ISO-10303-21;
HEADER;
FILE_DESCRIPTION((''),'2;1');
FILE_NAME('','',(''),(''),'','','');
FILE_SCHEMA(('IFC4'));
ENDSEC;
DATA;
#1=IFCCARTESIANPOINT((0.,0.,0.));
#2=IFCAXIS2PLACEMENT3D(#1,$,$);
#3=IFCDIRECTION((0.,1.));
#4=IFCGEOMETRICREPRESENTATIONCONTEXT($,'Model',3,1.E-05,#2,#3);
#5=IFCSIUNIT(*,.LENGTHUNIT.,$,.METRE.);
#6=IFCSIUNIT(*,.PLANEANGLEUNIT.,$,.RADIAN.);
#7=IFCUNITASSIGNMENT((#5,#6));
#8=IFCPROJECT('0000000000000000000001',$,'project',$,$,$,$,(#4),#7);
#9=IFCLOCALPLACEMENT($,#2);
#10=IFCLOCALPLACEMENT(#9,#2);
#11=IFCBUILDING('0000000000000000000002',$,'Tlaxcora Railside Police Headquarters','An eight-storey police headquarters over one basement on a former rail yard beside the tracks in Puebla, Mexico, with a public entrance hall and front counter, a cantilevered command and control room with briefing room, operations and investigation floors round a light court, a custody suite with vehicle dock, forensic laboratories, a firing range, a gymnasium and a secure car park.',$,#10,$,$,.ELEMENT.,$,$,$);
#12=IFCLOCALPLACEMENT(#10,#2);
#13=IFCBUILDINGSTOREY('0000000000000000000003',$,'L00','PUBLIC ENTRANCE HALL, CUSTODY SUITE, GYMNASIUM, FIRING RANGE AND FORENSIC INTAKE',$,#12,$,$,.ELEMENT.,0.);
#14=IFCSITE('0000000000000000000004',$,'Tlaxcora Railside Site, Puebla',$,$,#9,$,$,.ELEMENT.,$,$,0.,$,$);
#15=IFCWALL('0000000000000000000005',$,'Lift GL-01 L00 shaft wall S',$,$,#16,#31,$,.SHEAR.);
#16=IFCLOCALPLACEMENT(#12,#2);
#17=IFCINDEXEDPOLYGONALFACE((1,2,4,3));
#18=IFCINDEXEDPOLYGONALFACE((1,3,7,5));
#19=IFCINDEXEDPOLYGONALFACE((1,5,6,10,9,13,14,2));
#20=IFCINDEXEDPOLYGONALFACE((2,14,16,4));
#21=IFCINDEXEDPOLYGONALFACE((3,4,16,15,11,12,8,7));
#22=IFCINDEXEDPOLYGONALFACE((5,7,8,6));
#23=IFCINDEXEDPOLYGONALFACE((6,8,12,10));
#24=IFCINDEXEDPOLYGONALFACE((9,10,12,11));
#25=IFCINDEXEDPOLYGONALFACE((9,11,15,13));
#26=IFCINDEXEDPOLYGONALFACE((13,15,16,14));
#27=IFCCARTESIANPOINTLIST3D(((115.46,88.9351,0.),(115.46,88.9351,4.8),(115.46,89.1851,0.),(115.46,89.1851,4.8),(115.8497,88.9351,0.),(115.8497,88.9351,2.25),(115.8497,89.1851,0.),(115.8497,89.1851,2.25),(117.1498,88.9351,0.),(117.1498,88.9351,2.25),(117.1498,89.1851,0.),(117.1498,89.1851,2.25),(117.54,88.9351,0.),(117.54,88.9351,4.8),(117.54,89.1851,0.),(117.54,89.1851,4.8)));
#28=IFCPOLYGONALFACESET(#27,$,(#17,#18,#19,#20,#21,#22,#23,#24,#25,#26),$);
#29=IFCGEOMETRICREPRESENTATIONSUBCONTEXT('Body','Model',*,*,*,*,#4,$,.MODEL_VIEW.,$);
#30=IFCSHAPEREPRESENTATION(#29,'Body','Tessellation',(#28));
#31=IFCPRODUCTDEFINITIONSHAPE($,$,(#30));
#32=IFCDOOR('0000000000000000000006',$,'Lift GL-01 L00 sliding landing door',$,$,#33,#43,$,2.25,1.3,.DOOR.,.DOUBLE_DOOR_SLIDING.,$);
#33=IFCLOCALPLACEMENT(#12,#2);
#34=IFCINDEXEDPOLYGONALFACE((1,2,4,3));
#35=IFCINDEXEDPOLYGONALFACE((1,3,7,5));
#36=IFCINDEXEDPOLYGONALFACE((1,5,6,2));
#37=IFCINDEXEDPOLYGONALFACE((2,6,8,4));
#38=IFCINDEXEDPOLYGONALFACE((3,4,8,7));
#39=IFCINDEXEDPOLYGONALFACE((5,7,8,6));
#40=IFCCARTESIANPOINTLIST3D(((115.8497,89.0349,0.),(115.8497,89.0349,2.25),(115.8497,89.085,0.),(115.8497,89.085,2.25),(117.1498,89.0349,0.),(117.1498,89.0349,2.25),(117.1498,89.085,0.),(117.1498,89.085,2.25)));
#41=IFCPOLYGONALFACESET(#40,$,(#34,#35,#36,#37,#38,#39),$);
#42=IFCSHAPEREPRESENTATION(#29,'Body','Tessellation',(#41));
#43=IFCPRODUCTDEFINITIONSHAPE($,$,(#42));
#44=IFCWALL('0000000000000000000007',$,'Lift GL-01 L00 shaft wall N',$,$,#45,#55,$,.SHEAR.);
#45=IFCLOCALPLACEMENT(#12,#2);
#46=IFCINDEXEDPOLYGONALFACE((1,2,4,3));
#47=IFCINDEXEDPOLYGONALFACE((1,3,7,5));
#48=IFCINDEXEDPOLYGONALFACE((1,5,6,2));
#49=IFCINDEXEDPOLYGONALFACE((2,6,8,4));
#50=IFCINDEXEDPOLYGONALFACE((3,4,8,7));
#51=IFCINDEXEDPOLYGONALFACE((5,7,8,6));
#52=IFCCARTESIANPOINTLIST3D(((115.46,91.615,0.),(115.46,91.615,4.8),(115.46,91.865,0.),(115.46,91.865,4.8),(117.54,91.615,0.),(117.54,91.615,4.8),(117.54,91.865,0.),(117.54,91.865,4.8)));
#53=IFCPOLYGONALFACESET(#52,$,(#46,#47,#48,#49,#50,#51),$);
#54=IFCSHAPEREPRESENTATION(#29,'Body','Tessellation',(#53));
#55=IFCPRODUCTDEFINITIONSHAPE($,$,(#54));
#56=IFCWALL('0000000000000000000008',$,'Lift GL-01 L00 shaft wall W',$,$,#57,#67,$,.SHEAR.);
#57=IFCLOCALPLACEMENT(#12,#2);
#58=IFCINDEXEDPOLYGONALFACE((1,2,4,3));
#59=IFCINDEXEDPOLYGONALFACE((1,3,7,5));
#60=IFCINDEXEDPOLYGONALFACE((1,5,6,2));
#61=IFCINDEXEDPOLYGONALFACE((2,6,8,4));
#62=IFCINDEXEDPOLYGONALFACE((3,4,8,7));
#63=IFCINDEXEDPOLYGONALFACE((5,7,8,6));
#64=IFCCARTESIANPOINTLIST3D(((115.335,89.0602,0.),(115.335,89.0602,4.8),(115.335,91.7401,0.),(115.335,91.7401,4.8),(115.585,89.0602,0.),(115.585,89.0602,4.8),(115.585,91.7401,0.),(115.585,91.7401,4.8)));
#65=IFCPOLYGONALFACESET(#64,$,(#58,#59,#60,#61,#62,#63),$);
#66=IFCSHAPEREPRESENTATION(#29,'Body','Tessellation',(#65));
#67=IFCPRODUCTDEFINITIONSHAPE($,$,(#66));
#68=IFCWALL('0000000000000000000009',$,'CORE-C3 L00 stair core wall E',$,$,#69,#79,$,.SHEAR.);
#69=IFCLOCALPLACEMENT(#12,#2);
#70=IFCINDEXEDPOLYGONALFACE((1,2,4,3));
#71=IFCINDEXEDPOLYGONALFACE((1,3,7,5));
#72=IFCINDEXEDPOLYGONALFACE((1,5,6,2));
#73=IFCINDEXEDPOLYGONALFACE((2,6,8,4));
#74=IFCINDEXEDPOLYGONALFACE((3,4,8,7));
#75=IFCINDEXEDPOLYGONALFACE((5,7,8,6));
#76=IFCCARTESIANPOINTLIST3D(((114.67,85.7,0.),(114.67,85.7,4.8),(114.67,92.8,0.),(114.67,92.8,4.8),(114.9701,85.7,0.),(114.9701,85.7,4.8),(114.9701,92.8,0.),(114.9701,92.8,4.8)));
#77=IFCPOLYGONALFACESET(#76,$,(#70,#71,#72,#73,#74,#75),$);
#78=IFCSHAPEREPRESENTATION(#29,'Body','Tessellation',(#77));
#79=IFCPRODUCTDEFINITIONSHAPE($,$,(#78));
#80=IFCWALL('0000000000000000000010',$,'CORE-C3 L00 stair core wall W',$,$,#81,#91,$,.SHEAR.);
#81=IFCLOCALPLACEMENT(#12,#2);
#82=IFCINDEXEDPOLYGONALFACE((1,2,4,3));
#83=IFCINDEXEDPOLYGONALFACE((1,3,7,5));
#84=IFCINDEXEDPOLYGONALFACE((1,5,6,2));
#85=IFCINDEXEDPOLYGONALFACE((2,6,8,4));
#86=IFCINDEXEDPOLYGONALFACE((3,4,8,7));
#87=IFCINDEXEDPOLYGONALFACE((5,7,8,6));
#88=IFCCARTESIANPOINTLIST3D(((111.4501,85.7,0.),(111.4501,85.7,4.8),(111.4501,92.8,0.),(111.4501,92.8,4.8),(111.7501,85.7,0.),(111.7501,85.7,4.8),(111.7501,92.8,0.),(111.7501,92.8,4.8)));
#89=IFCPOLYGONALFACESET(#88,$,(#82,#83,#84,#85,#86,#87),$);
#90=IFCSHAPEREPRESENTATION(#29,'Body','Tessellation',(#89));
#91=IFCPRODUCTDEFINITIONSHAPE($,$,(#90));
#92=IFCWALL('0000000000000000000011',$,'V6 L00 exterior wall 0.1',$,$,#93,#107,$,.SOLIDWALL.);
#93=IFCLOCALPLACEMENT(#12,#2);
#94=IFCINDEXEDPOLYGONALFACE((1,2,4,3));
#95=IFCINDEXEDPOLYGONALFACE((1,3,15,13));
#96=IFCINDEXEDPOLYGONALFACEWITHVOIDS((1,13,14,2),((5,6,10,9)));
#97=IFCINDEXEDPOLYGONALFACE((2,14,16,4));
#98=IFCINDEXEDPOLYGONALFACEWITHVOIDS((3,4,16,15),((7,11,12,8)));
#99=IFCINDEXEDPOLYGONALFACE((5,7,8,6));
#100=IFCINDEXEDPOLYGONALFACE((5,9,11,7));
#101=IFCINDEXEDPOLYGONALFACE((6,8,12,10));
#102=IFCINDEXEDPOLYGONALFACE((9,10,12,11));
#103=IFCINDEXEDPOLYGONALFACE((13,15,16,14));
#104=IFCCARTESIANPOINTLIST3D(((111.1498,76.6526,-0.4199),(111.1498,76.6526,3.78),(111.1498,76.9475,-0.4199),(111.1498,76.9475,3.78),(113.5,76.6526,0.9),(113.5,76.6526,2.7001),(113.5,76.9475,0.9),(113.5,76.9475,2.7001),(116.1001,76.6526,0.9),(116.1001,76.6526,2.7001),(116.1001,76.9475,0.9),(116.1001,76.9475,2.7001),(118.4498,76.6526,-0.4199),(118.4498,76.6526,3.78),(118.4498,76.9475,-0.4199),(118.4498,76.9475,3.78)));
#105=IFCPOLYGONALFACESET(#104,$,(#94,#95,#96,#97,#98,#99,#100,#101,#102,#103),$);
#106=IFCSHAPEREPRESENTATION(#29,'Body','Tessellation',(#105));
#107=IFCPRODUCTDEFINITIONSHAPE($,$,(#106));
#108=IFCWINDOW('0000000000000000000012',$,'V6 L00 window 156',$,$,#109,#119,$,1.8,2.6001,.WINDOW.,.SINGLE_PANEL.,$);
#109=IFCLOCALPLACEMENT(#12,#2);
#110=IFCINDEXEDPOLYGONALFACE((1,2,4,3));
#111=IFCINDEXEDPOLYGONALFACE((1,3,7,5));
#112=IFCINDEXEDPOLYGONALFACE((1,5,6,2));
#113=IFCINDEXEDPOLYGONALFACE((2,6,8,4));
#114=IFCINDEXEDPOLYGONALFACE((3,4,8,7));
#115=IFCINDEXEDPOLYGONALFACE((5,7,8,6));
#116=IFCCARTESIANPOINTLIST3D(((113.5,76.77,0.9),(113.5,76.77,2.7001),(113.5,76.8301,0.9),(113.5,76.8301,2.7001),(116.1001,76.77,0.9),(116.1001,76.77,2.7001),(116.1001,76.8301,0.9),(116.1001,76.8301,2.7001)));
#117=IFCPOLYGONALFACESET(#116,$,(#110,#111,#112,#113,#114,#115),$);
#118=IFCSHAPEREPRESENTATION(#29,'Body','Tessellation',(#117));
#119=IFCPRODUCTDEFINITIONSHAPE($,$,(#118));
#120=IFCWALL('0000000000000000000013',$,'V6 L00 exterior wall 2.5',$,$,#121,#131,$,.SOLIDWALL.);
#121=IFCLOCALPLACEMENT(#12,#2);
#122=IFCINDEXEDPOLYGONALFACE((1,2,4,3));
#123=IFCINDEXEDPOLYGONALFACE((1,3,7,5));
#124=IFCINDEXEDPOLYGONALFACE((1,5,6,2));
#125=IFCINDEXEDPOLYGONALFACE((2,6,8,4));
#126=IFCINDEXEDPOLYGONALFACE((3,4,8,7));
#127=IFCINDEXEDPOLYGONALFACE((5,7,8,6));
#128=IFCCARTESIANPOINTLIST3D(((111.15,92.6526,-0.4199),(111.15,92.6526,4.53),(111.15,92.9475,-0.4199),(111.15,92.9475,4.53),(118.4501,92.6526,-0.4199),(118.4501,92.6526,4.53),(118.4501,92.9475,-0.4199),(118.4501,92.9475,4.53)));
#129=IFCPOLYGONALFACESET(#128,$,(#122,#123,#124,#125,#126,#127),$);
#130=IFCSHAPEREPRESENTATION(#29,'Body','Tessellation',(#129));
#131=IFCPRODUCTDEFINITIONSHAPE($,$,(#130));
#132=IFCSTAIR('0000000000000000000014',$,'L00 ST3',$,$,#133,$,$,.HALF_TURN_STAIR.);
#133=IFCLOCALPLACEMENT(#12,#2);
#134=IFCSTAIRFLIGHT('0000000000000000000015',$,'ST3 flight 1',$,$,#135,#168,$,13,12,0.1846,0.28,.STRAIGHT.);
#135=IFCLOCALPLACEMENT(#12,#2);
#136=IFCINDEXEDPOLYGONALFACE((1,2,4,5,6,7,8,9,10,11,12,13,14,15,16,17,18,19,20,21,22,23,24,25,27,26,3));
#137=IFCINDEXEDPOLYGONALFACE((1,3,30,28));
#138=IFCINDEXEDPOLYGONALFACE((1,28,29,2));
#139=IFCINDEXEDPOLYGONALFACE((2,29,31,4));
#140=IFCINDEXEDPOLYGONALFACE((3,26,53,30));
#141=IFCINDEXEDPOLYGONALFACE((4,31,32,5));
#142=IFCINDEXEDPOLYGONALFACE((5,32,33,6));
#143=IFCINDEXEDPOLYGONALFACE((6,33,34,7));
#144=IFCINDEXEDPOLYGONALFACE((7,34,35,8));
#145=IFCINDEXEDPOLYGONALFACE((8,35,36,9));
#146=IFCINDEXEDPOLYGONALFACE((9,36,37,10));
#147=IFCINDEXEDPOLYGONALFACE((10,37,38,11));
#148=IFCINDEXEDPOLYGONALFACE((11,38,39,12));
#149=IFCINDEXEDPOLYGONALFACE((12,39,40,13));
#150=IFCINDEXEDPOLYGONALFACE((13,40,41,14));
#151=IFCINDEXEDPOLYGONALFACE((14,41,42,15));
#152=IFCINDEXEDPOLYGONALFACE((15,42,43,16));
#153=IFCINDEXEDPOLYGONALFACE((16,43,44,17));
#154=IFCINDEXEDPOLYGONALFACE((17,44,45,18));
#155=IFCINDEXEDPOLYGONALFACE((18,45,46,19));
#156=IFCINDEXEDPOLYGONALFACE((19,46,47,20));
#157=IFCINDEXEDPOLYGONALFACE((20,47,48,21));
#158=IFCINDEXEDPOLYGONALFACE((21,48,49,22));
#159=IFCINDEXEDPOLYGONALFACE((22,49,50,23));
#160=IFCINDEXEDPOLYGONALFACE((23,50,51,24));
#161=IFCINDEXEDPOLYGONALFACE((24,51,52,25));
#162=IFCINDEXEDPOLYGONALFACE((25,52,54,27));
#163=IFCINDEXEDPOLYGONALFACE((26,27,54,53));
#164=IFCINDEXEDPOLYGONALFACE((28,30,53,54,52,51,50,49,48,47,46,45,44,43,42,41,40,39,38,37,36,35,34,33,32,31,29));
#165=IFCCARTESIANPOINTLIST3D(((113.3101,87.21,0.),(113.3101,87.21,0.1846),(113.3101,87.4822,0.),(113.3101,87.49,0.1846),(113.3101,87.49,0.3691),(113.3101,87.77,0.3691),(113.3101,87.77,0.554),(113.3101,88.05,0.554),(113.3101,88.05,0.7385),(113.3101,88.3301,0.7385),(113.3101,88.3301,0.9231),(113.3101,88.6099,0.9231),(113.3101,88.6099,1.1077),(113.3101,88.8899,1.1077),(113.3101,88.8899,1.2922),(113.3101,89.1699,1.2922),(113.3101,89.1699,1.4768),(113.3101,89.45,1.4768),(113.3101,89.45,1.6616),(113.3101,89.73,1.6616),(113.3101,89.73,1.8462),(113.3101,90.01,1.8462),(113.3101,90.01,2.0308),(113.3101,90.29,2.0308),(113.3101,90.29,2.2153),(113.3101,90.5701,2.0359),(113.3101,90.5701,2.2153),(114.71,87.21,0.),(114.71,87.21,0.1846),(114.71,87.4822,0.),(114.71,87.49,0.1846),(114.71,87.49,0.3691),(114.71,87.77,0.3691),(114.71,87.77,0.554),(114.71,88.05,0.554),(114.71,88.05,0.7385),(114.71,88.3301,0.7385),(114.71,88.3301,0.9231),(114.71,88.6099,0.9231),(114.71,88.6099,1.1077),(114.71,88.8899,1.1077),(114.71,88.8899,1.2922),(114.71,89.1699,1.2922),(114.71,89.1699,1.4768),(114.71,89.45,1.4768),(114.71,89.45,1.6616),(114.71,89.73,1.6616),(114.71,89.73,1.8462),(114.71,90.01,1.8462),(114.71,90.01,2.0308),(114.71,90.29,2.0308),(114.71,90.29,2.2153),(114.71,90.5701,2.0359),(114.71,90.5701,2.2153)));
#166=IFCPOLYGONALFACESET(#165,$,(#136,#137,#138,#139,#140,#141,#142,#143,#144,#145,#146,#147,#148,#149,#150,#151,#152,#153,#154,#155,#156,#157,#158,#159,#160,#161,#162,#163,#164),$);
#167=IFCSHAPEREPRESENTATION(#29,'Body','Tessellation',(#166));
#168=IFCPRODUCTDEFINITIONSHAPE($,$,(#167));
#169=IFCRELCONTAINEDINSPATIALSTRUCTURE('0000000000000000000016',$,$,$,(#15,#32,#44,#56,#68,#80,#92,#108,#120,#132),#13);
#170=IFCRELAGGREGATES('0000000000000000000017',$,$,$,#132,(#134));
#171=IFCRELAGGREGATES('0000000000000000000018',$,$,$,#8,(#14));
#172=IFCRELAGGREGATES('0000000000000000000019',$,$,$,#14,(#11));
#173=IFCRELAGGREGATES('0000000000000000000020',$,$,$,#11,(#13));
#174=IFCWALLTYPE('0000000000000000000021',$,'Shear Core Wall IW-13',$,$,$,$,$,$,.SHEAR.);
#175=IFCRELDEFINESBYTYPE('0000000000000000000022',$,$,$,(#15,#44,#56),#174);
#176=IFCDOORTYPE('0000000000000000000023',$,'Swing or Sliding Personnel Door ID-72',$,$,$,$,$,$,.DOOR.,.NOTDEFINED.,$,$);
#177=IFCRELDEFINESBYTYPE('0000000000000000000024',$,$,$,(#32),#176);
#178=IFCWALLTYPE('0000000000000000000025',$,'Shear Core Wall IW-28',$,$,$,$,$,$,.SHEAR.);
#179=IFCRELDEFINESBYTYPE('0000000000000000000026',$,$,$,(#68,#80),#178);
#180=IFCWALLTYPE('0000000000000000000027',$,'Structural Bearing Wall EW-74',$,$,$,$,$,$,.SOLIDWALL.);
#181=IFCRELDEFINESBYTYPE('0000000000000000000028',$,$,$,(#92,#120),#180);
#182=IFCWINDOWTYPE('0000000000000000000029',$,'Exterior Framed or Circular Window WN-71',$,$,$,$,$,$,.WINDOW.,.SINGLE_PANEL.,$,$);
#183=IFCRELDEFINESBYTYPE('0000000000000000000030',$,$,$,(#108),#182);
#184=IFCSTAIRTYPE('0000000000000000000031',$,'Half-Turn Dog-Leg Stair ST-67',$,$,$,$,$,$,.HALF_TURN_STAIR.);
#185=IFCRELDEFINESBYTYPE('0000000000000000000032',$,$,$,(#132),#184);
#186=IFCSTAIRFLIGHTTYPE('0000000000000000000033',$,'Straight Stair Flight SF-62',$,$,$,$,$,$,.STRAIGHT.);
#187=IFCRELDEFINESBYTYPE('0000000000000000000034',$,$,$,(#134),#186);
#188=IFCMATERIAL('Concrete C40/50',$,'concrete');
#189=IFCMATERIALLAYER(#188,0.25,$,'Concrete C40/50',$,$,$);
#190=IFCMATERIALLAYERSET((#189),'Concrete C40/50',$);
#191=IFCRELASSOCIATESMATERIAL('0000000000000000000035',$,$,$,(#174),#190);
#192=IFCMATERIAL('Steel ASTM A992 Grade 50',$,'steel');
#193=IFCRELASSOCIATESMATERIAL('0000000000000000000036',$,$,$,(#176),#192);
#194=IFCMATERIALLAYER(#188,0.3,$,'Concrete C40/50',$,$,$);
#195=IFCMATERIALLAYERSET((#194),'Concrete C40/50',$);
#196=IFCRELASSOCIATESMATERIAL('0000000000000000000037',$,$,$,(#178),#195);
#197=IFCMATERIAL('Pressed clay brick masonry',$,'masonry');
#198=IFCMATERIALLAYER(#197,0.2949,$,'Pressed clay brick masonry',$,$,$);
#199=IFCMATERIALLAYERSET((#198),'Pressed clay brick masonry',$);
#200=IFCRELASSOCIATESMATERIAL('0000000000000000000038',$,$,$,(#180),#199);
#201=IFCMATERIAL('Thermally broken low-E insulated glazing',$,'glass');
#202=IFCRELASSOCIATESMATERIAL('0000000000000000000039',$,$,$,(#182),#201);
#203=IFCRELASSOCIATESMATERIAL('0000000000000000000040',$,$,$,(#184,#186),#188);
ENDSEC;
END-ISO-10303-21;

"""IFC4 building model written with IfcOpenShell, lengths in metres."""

from ifc_helpers import new_model, si_unit, direction, frame, frame_2d, origin, place, context, subcontext, project, spatial, polyline, rectangle, outline, extrude, material, layer, layer_set, type_object, element, fill, aggregate, save


model = new_model("IFC4")

# Units and contexts
model_context = context("Model", 3, precision=1e-05, world=origin(), true_north=direction((0.0, 1.0)))
body_context = subcontext(model_context, "Body", "Model", "MODEL_VIEW")
ifc_project = project(units=[si_unit("LENGTHUNIT", "METRE"), si_unit("PLANEANGLEUNIT", "RADIAN")], contexts=[model_context])

# Site, building, storey
site_placement = place(None, origin())
site = spatial("IfcSite", under=ifc_project, at=site_placement, Name="Tlaxcora Railside Site, Puebla", CompositionType="ELEMENT", RefElevation=0.0)
building_placement = place(site_placement, origin())
building = spatial("IfcBuilding", under=site, at=building_placement, Name="Tlaxcora Railside Police Headquarters", Description="An eight-storey police headquarters over one basement on a former rail yard beside the tracks in Puebla, Mexico, with a public entrance hall and front counter, a cantilevered command and control room with briefing room, operations and investigation floors round a light court, a custody suite with vehicle dock, forensic laboratories, a firing range, a gymnasium and a secure car park.", CompositionType="ELEMENT")
storey_placement = place(building_placement, origin())
storey = spatial("IfcBuildingStorey", under=building, at=storey_placement, Name="L00", Description="PUBLIC ENTRANCE HALL, CUSTODY SUITE, GYMNASIUM, FIRING RANGE AND FORENSIC INTAKE", CompositionType="ELEMENT", Elevation=0.0)

# Shared definitions
ifc_material_1 = material(Name="Concrete C40/50", Category="concrete")

# Shared definitions
ifc_material_2 = material(Name="Steel ASTM A992 Grade 50", Category="steel")

# Wall, opening, door
ifc_layer_1 = layer(ifc_material_1, 0.25, Name="Concrete C40/50")
ifc_layer_set_1 = layer_set([ifc_layer_1], Name="Concrete C40/50")
wall_type_1 = type_object("IfcWallType", Name="Shear Core Wall IW-13", PredefinedType="SHEAR", material=ifc_layer_set_1)
wall_1_placement = place(storey_placement, frame((115.46, 89.0601, 0.0), z_axis=(0.0, 0.0, 1.0), x_axis=(1.0, 0.0, 0.0)))
wall_1 = element("IfcWall", 1, at=wall_1_placement, inside=storey, type_object=wall_type_1, Name="Lift GL-01 L00 shaft wall S", PredefinedType="SHEAR", context=body_context, shape_type="SweptSolid", body=[
    extrude(rectangle(XDim=2.0801, YDim=0.25, at=frame_2d((1.04, 0.0))), origin(), (0.0, 0.0, 1.0), 4.8),
])
opening_1_placement = place(wall_1_placement, frame((0.3899, 0.0, 0.0)))
opening_1 = element("IfcOpeningElement", 2, at=opening_1_placement, cuts=wall_1, PredefinedType="OPENING", context=body_context, shape_type="SweptSolid", body=[
    extrude(rectangle(XDim=1.3, YDim=2.25, at=frame_2d((0.6499, 1.125))), frame((0.0, 0.135, 0.0), z_axis=(0.0, -1.0, 0.0), x_axis=(1.0, 0.0, 0.0)), (0.0, 0.0, 1.0), 0.27),
])
door_type_1 = type_object("IfcDoorType", Name="Swing or Sliding Personnel Door ID-72", OperationType="NOTDEFINED", PredefinedType="DOOR", material=ifc_material_2)
door_1_placement = place(opening_1_placement, origin())
door_1 = element("IfcDoor", 3, at=door_1_placement, inside=storey, type_object=door_type_1, Name="Lift GL-01 L00 sliding landing door", OperationType="DOUBLE_DOOR_SLIDING", OverallHeight=2.25, OverallWidth=1.3, PredefinedType="DOOR", context=body_context, shape_type="SweptSolid", body=[
    extrude(rectangle(XDim=1.3, YDim=2.25, at=frame_2d((0.6499, 1.125))), frame((0.0, 0.0249, 0.0), z_axis=(0.0, -1.0, 0.0), x_axis=(1.0, 0.0, 0.0)), (0.0, 0.0, 1.0), 0.05),
])
fill(opening_1, door_1)

# Walls
wall_2_placement = place(storey_placement, frame((117.54, 91.74, 0.0), z_axis=(0.0, 0.0, 1.0), x_axis=(-1.0, 0.0, 0.0)))
element("IfcWall", 4, at=wall_2_placement, inside=storey, type_object=wall_type_1, Name="Lift GL-01 L00 shaft wall N", PredefinedType="SHEAR", context=body_context, shape_type="SweptSolid", body=[
    extrude(rectangle(XDim=2.0801, YDim=0.25, at=frame_2d((1.04, 0.0))), origin(), (0.0, 0.0, 1.0), 4.8),
])
wall_3_placement = place(storey_placement, frame((115.46, 91.74, 0.0), z_axis=(0.0, 0.0, 1.0), x_axis=(0.0, -1.0, 0.0)))
element("IfcWall", 5, at=wall_3_placement, inside=storey, type_object=wall_type_1, Name="Lift GL-01 L00 shaft wall W", PredefinedType="SHEAR", context=body_context, shape_type="SweptSolid", body=[
    extrude(rectangle(XDim=2.6799, YDim=0.25, at=frame_2d((1.3398, 0.0))), origin(), (0.0, 0.0, 1.0), 4.8),
])

# Shared definitions
ifc_layer_2 = layer(ifc_material_1, 0.3, Name="Concrete C40/50")
ifc_layer_set_2 = layer_set([ifc_layer_2], Name="Concrete C40/50")
wall_type_2 = type_object("IfcWallType", Name="Shear Core Wall IW-28", PredefinedType="SHEAR", material=ifc_layer_set_2)

# Walls
for number, where, z_axis, x_axis, name in (
    (6, (114.8201, 85.7, 0.0), (0.0, 0.0, 1.0), (0.0, 1.0, 0.0), "CORE-C3 L00 stair core wall E"),
    (7, (111.6001, 92.8, 0.0), (0.0, 0.0, 1.0), (0.0, -1.0, 0.0), "CORE-C3 L00 stair core wall W"),
):
    element("IfcWall", number, at=place(storey_placement, frame(where, z_axis=z_axis, x_axis=x_axis)), inside=storey, type_object=wall_type_2, Name=name, PredefinedType="SHEAR", context=body_context, shape_type="SweptSolid", body=[
        extrude(rectangle(XDim=7.1001, YDim=0.3, at=frame_2d((3.55, 0.0))), origin(), (0.0, 0.0, 1.0), 4.8),
    ])

# Wall, opening, window
ifc_material_3 = material(Name="Pressed clay brick masonry", Category="masonry")
ifc_layer_3 = layer(ifc_material_3, 0.2949, Name="Pressed clay brick masonry")
ifc_layer_set_3 = layer_set([ifc_layer_3], Name="Pressed clay brick masonry")
wall_type_3 = type_object("IfcWallType", Name="Structural Bearing Wall EW-74", PredefinedType="SOLIDWALL", material=ifc_layer_set_3)
wall_4_placement = place(storey_placement, frame((111.1499, 76.8, -0.4199), z_axis=(0.0, 0.0, 1.0), x_axis=(1.0, 0.0, 0.0)))
wall_4 = element("IfcWall", 8, at=wall_4_placement, inside=storey, type_object=wall_type_3, Name="V6 L00 exterior wall 0.1", PredefinedType="SOLIDWALL", context=body_context, shape_type="SweptSolid", body=[
    extrude(rectangle(XDim=7.3, YDim=0.2949, at=frame_2d((3.6499, 0.0))), origin(), (0.0, 0.0, 1.0), 4.2),
])
opening_2_placement = place(wall_4_placement, frame((2.3501, 0.0, 1.3201)))
opening_2 = element("IfcOpeningElement", 9, at=opening_2_placement, cuts=wall_4, PredefinedType="OPENING", context=body_context, shape_type="SweptSolid", body=[
    extrude(rectangle(XDim=2.6001, YDim=1.8, at=frame_2d((1.3, 0.8999))), frame((0.0, 0.1575, 0.0), z_axis=(0.0, -1.0, 0.0), x_axis=(1.0, 0.0, 0.0)), (0.0, 0.0, 1.0), 0.3149),
])
ifc_material_4 = material(Name="Thermally broken low-E insulated glazing", Category="glass")
window_type = type_object("IfcWindowType", Name="Exterior Framed or Circular Window WN-71", PartitioningType="SINGLE_PANEL", PredefinedType="WINDOW", material=ifc_material_4)
window_placement = place(opening_2_placement, origin())
window = element("IfcWindow", 10, at=window_placement, inside=storey, type_object=window_type, Name="V6 L00 window 156", OverallHeight=1.8, OverallWidth=2.6001, PartitioningType="SINGLE_PANEL", PredefinedType="WINDOW", context=body_context, shape_type="SweptSolid", body=[
    extrude(rectangle(XDim=2.6001, YDim=1.8, at=frame_2d((1.3, 0.8999))), frame((0.0, 0.03, 0.0), z_axis=(0.0, -1.0, 0.0), x_axis=(1.0, 0.0, 0.0)), (0.0, 0.0, 1.0), 0.0601),
])
fill(opening_2, window)

# Wall
wall_5_placement = place(storey_placement, frame((118.45, 92.8, -0.4199), z_axis=(0.0, 0.0, 1.0), x_axis=(-1.0, 0.0, 0.0)))
element("IfcWall", 11, at=wall_5_placement, inside=storey, type_object=wall_type_3, Name="V6 L00 exterior wall 2.5", PredefinedType="SOLIDWALL", context=body_context, shape_type="SweptSolid", body=[
    extrude(rectangle(XDim=7.3, YDim=0.2949, at=frame_2d((3.6499, 0.0))), origin(), (0.0, 0.0, 1.0), 4.95),
])

# Stair, stair flight
stair_type = type_object("IfcStairType", Name="Half-Turn Dog-Leg Stair ST-67", PredefinedType="HALF_TURN_STAIR", material=ifc_material_1)
stair_placement = place(storey_placement, origin())
stair = element("IfcStair", 12, at=stair_placement, inside=storey, type_object=stair_type, Name="L00 ST3", PredefinedType="HALF_TURN_STAIR")
stair_flight_type = type_object("IfcStairFlightType", Name="Straight Stair Flight SF-62", PredefinedType="STRAIGHT", material=ifc_material_1)
stair_flight_1_placement = place(storey_placement, frame((114.01, 87.21, 0.0), z_axis=(0.0, 0.0, 1.0), x_axis=(0.0, 1.0, 0.0)))
stair_flight_1 = element("IfcStairFlight", 13, at=stair_flight_1_placement, type_object=stair_flight_type, Name="ST3 flight 1", NumberOfRisers=13, NumberOfTreads=12, PredefinedType="STRAIGHT", RiserHeight=0.1846, TreadLength=0.28, context=body_context, shape_type="SweptSolid", body=[
    extrude(outline(polyline([(0.0, 0.0), (0.0, 0.1846), (0.28, 0.1846), (0.28, 0.3691), (0.5601, 0.3691), (0.5601, 0.554), (0.8401, 0.554), (0.8401, 0.7385), (1.1201, 0.7385), (1.1201, 0.9231), (1.3999, 0.9231), (1.3999, 1.1077), (1.6799, 1.1077), (1.6799, 1.2922), (1.96, 1.2922), (1.96, 1.4768), (2.24, 1.4768), (2.24, 1.6616), (2.52, 1.6616), (2.52, 1.8462), (2.8, 1.8462), (2.8, 2.0308), (3.0801, 2.0308), (3.0801, 2.2153), (3.3601, 2.2153), (3.3601, 2.3999), (3.3601, 2.0359), (0.2722, 0.0), (0.0, 0.0)])), frame((0.0, 0.7, 0.0), z_axis=(0.0, -1.0, 0.0), x_axis=(1.0, 0.0, 0.0)), (0.0, 0.0, 1.0), 1.3999),
])
aggregate(stair, [stair_flight_1])

save(model, "model.ifc")
